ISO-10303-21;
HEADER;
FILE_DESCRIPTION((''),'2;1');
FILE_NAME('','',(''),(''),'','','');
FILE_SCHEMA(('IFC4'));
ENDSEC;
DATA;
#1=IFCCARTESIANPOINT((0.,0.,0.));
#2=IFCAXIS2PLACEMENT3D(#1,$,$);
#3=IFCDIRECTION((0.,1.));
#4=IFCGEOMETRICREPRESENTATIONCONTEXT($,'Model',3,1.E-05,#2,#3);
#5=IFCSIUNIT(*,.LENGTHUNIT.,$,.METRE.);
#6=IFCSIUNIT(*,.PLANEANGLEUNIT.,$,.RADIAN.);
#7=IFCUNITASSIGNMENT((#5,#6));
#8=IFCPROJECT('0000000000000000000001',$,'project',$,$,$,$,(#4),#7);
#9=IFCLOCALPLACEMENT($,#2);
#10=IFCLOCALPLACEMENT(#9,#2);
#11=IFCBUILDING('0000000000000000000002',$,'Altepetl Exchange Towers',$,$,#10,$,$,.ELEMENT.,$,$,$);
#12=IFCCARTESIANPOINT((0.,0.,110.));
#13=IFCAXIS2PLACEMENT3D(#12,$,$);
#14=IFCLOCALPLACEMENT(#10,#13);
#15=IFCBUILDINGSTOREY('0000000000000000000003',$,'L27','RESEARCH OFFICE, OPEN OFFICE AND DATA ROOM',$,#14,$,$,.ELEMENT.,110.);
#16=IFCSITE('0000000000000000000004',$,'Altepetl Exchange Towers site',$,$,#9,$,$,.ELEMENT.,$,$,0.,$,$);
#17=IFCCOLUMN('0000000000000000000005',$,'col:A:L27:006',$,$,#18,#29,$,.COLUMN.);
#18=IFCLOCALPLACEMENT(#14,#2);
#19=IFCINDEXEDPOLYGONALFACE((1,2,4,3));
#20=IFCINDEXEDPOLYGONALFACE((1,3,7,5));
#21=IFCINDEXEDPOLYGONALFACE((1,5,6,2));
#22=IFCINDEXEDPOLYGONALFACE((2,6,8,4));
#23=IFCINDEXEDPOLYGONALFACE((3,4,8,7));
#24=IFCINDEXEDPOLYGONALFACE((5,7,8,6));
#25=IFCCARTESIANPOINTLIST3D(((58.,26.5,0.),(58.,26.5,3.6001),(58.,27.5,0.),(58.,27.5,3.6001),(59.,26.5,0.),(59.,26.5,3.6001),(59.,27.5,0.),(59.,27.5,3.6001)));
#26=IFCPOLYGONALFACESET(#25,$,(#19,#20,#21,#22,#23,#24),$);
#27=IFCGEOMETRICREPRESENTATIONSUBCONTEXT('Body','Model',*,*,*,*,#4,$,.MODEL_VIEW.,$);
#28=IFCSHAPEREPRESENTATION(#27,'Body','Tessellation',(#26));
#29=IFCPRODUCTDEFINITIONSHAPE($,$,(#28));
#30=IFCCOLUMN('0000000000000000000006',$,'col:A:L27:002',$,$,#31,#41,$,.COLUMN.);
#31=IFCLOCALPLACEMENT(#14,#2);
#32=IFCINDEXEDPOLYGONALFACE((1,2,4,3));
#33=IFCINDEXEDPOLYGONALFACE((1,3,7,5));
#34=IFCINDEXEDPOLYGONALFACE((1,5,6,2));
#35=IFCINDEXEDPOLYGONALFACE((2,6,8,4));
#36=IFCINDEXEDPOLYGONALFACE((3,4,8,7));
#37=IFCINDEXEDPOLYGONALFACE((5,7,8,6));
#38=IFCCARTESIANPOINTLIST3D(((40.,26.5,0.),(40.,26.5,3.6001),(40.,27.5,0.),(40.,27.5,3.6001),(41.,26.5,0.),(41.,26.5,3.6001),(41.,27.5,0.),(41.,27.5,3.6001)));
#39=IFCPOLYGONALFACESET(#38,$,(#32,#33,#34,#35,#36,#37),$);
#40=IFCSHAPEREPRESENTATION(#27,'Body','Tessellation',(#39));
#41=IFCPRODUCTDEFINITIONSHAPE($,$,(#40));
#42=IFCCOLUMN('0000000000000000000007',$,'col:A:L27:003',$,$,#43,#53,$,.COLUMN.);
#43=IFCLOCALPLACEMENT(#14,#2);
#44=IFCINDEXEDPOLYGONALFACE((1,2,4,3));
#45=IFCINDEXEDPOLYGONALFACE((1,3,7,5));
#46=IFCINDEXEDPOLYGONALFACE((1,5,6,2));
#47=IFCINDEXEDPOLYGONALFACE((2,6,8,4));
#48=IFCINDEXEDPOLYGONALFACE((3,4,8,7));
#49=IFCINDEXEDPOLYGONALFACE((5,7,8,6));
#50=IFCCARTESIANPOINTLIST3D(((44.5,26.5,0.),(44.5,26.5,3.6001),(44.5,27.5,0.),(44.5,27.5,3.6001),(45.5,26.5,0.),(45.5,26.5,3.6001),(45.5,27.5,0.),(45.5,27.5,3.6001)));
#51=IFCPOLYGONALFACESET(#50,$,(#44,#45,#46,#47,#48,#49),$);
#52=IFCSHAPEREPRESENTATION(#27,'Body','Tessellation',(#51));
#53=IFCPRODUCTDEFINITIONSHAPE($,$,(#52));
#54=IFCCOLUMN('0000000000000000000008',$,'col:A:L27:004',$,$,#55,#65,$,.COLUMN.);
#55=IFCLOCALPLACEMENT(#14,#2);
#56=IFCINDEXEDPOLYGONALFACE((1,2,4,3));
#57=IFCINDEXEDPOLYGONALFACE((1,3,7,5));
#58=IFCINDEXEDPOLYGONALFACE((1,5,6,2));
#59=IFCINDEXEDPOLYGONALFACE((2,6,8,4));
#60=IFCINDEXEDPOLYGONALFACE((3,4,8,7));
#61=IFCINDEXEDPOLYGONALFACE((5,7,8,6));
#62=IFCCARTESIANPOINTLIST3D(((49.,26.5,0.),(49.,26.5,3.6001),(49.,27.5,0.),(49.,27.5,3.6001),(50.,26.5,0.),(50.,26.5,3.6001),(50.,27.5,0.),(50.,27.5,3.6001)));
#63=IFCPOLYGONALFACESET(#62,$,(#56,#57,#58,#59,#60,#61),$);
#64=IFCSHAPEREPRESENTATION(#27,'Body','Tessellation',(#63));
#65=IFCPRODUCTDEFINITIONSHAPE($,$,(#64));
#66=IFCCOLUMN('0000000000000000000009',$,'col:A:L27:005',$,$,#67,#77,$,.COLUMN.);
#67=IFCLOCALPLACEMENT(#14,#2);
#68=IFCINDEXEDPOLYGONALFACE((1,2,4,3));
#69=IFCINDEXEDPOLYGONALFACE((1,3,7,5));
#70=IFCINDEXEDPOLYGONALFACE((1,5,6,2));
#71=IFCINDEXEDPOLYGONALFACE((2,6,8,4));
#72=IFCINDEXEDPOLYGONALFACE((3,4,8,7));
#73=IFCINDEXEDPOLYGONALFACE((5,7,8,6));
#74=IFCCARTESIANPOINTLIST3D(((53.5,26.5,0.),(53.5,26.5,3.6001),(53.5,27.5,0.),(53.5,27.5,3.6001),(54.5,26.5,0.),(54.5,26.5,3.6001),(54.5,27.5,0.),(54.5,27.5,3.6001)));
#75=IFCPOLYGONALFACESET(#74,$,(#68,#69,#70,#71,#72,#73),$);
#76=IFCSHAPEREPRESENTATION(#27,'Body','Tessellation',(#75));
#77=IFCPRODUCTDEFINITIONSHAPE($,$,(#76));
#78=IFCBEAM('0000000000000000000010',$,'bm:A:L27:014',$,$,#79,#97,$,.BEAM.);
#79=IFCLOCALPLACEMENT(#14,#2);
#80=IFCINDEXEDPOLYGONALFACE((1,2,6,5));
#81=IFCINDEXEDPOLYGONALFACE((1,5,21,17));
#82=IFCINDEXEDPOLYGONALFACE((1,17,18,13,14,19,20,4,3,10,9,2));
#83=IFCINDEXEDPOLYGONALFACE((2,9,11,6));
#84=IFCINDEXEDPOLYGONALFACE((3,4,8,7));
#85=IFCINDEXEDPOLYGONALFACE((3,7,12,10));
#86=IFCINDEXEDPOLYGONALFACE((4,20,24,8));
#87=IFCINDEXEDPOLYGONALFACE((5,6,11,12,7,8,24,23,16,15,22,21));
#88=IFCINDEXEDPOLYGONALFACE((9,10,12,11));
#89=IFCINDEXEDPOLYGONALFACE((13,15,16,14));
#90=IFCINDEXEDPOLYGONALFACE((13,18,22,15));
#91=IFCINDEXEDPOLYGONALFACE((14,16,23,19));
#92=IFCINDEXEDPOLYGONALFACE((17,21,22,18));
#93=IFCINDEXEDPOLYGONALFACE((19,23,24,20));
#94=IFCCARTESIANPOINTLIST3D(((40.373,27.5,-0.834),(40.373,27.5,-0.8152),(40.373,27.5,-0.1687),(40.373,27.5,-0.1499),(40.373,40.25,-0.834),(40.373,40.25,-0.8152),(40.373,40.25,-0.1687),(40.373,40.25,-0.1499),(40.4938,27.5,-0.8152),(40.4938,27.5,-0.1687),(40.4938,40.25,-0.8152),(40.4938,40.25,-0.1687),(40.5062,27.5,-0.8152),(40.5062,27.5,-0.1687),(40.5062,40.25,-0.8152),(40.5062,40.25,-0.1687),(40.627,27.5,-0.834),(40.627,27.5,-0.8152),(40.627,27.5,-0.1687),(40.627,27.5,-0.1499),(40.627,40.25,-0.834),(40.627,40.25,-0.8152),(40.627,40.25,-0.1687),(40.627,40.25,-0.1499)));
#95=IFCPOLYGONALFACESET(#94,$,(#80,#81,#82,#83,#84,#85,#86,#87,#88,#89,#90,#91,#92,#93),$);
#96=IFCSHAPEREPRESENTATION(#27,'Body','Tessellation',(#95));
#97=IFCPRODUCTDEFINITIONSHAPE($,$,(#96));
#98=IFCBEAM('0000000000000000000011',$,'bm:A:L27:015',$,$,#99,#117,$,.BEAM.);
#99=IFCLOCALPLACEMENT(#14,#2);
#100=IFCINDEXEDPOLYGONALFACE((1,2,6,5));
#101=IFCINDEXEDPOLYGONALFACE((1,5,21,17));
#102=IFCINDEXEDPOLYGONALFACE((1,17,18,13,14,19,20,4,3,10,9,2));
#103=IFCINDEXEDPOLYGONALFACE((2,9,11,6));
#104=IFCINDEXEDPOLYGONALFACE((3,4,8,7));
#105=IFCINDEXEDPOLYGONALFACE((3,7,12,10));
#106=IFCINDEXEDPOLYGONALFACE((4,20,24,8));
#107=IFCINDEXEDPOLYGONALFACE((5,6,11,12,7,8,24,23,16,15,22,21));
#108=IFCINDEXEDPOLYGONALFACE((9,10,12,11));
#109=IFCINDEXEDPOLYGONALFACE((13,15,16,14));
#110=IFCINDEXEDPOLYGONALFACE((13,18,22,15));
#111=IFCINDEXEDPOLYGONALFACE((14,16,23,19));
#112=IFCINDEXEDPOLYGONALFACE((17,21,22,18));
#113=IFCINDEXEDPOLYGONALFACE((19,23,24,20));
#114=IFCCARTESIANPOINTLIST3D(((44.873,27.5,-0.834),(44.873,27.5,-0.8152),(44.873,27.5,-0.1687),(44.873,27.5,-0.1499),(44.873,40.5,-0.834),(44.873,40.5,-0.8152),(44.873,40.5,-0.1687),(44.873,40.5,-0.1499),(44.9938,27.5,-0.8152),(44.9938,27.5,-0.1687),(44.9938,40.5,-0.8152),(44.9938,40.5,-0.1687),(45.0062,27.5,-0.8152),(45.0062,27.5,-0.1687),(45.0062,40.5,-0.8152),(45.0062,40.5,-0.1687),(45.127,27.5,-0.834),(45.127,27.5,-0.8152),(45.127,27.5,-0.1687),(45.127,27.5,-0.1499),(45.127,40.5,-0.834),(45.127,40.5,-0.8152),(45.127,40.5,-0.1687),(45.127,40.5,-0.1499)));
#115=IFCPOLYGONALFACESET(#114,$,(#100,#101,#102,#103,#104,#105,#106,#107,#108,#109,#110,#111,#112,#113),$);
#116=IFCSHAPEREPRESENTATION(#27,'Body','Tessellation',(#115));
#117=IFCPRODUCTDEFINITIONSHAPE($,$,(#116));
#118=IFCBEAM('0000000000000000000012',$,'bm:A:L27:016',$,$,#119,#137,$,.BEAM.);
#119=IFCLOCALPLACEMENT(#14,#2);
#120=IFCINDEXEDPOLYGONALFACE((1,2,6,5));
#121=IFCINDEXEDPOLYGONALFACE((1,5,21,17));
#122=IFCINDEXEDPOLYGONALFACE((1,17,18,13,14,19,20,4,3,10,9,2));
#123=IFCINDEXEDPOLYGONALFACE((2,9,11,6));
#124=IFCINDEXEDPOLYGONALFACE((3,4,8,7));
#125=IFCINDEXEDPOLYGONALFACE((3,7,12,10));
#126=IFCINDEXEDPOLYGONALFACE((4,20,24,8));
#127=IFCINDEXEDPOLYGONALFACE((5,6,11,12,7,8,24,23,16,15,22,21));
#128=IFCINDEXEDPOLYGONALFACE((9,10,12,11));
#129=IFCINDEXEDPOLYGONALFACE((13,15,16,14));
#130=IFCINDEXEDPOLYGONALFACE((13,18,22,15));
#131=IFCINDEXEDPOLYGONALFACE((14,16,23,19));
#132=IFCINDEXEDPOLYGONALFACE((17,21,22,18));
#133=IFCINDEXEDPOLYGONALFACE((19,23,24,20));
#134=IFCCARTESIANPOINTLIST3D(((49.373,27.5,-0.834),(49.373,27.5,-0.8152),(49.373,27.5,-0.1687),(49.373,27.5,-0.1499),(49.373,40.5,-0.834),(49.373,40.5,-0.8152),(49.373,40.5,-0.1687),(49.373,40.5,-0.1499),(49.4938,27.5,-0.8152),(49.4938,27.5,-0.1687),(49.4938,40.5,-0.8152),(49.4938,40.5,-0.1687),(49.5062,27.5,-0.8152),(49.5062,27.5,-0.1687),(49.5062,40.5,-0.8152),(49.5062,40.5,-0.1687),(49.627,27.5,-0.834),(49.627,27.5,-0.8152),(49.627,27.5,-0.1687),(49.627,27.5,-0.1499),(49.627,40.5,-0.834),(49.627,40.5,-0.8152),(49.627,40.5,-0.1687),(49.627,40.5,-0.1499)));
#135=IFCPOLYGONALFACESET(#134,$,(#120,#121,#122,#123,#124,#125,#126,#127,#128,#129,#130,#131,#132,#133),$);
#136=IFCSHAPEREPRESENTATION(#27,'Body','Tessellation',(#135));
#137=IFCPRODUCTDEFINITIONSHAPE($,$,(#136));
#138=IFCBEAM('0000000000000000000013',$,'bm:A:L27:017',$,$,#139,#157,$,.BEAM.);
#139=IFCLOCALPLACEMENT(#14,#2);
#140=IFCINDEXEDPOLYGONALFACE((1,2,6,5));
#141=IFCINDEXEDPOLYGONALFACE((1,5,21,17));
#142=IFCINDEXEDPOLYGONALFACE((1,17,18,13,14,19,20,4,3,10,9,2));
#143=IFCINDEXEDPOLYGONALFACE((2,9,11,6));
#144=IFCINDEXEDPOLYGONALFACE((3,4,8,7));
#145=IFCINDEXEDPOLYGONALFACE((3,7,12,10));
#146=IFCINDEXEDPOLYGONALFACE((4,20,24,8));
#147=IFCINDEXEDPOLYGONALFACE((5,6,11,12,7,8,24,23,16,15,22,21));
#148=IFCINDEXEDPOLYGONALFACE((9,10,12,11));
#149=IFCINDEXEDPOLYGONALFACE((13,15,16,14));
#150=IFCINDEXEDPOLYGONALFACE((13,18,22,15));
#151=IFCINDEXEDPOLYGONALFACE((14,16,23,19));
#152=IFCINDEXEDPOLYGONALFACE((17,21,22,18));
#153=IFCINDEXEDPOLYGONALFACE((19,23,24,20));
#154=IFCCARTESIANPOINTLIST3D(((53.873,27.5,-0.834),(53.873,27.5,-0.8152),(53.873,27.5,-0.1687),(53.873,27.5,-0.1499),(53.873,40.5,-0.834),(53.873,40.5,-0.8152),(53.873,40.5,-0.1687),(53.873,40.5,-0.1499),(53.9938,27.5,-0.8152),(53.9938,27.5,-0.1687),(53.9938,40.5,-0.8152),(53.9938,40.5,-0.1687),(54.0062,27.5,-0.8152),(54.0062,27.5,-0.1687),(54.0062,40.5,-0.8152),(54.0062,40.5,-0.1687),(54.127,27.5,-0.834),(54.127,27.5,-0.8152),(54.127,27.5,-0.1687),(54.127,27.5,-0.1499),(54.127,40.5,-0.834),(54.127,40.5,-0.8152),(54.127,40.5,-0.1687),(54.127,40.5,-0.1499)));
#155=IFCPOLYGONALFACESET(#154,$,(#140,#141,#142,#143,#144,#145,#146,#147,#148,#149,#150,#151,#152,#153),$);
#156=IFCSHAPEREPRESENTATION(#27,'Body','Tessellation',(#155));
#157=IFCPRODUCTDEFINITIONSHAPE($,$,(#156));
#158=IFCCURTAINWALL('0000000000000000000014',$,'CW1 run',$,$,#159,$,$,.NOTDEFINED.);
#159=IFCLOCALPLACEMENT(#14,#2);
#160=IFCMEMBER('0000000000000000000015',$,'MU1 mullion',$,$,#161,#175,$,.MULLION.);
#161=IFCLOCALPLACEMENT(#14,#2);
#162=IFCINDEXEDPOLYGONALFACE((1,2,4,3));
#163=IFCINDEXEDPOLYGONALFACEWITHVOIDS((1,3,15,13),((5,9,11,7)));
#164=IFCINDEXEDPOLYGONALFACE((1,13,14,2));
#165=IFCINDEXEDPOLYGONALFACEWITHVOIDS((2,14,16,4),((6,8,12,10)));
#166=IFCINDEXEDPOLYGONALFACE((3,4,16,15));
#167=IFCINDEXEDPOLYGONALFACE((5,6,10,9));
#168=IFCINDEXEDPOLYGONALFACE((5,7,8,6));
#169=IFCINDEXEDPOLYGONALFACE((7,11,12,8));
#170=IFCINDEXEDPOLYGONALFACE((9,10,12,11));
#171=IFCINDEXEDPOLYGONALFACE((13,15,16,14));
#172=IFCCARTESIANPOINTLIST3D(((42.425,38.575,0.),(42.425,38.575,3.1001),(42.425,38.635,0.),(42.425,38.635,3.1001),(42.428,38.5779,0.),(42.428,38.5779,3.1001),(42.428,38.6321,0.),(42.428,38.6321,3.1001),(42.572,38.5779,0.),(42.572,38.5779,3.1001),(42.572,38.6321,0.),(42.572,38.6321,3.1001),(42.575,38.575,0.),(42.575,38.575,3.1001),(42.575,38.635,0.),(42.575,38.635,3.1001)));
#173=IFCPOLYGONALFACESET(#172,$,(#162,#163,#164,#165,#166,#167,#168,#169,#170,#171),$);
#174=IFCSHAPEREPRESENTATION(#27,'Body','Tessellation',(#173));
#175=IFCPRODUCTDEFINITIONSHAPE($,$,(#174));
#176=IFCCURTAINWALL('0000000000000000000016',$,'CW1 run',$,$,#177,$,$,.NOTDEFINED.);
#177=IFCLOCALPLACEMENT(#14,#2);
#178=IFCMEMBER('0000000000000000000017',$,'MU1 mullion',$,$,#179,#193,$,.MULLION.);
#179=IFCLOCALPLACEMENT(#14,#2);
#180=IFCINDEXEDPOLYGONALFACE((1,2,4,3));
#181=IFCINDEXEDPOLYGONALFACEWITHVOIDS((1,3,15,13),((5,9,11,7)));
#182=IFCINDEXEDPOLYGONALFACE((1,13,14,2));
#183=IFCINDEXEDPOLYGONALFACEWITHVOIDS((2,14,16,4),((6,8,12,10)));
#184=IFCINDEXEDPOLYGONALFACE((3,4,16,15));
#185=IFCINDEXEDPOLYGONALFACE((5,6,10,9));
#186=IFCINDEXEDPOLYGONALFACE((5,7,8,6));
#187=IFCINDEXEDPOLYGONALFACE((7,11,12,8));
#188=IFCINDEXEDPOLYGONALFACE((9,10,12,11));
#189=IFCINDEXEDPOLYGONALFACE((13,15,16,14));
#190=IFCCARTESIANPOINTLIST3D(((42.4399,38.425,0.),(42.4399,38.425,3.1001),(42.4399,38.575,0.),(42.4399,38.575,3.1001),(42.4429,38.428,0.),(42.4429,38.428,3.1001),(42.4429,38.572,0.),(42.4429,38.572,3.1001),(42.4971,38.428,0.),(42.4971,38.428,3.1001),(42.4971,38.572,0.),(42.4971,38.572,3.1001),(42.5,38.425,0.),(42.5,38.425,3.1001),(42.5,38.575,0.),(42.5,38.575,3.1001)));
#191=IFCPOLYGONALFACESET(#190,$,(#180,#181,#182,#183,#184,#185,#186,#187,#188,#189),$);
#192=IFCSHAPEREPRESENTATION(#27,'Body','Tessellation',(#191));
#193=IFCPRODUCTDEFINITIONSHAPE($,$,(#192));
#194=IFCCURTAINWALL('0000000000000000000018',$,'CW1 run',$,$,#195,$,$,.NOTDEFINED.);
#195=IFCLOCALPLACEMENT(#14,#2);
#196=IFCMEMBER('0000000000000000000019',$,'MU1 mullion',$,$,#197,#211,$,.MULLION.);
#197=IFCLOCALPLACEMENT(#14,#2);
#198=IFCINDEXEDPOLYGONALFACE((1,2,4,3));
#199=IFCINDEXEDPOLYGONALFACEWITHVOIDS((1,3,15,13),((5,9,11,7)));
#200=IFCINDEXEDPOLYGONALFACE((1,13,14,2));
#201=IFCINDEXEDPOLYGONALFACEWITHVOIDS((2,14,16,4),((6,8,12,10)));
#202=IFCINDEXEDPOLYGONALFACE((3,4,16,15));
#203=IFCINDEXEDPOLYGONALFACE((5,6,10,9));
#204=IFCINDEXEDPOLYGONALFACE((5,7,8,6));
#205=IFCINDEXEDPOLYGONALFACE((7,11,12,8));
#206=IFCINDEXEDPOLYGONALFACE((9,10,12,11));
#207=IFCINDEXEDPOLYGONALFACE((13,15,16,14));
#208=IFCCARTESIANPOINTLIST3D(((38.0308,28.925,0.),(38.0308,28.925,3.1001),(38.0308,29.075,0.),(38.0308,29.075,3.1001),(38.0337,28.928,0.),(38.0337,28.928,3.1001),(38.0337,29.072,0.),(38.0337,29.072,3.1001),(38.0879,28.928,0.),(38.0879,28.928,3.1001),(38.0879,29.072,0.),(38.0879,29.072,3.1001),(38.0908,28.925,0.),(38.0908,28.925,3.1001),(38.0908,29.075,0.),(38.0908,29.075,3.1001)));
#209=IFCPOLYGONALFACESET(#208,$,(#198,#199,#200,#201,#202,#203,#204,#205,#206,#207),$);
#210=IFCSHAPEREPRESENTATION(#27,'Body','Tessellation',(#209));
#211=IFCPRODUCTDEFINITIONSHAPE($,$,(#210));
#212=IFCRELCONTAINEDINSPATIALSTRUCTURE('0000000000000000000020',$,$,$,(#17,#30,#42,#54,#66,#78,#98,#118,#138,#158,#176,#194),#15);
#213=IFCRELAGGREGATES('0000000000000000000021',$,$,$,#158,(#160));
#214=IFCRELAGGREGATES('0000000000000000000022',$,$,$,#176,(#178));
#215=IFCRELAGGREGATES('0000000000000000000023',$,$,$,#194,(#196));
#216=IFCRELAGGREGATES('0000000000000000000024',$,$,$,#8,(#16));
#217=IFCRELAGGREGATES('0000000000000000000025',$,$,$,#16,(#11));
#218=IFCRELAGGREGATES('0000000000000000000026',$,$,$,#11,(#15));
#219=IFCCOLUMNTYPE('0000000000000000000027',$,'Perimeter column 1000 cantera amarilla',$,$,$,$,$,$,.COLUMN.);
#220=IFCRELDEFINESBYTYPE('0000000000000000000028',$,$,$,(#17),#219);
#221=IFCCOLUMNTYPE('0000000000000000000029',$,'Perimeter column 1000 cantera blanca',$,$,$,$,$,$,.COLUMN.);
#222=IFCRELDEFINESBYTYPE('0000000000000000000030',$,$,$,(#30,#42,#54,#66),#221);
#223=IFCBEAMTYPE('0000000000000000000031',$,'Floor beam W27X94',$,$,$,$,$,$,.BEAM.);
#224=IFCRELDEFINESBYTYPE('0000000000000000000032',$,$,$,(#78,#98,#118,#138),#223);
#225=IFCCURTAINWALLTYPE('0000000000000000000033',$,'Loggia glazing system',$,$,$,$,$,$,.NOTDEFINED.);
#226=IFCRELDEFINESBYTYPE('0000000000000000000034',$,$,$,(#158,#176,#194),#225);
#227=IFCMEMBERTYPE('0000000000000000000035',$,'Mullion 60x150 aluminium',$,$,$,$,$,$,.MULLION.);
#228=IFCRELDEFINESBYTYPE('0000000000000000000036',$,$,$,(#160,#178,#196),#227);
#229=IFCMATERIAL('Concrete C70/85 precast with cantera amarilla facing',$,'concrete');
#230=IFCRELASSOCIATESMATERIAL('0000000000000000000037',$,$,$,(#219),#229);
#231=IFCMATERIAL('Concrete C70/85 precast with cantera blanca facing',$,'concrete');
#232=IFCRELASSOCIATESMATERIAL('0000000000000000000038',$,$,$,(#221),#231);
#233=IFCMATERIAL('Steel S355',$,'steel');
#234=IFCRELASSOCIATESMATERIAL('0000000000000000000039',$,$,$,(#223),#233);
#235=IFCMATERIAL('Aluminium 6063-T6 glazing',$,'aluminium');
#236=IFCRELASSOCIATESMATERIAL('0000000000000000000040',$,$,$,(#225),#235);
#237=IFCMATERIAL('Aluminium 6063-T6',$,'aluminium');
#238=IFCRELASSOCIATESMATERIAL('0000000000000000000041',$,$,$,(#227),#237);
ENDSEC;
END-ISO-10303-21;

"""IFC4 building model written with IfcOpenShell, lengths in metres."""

from ifc_helpers import new_model, si_unit, direction, frame, origin, origin_2d, place, context, subcontext, project, spatial, rectangle, hollow_rectangle, i_section, extrude, material, material_profile, profile_set, type_object, element, aggregate, save


model = new_model("IFC4")

# Units and contexts
model_context = context("Model", 3, precision=1e-05, world=origin(), true_north=direction((0.0, 1.0)))
body_context = subcontext(model_context, "Body", "Model", "MODEL_VIEW")
ifc_project = project(units=[si_unit("LENGTHUNIT", "METRE"), si_unit("PLANEANGLEUNIT", "RADIAN")], contexts=[model_context])

# Site, building, storey
site_placement = place(None, origin())
site = spatial("IfcSite", under=ifc_project, at=site_placement, Name="Altepetl Exchange Towers site", CompositionType="ELEMENT", RefElevation=0.0)
building_placement = place(site_placement, origin())
building = spatial("IfcBuilding", under=site, at=building_placement, Name="Altepetl Exchange Towers", CompositionType="ELEMENT")
storey_placement = place(building_placement, frame((0.0, 0.0, 110.0)))
storey = spatial("IfcBuildingStorey", under=building, at=storey_placement, Name="L27", Description="RESEARCH OFFICE, OPEN OFFICE AND DATA ROOM", CompositionType="ELEMENT", Elevation=110.0)

# Columns
ifc_material_1 = material(Name="Concrete C70/85 precast with cantera amarilla facing", Category="concrete")
ifc_material_profile_1 = material_profile(ifc_material_1, rectangle(XDim=1.0, YDim=1.0, at=origin_2d()), Name="1000 x 1000")
ifc_profile_set_1 = profile_set([ifc_material_profile_1], Name="Concrete C70/85 precast with cantera amarilla facing")
column_type_1 = type_object("IfcColumnType", Name="Perimeter column 1000 cantera amarilla", PredefinedType="COLUMN", material=ifc_profile_set_1)
column_placement = place(storey_placement, frame((58.5, 27.0, 0.0)))
element("IfcColumn", 1, at=column_placement, inside=storey, type_object=column_type_1, Name="col:A:L27:006", PredefinedType="COLUMN", context=body_context, shape_type="SweptSolid", body=[
    extrude(rectangle(XDim=1.0, YDim=1.0, at=origin_2d()), origin(), (0.0, 0.0, 1.0), 3.6001),
])
ifc_material_2 = material(Name="Concrete C70/85 precast with cantera blanca facing", Category="concrete")
ifc_material_profile_2 = material_profile(ifc_material_2, rectangle(XDim=1.0, YDim=1.0, at=origin_2d()), Name="1000 x 1000")
ifc_profile_set_2 = profile_set([ifc_material_profile_2], Name="Concrete C70/85 precast with cantera blanca facing")
column_type_2 = type_object("IfcColumnType", Name="Perimeter column 1000 cantera blanca", PredefinedType="COLUMN", material=ifc_profile_set_2)
for number, where, name in (
    (2, (40.5, 27.0, 0.0), "col:A:L27:002"),
    (3, (45.0, 27.0, 0.0), "col:A:L27:003"),
    (4, (49.5, 27.0, 0.0), "col:A:L27:004"),
    (5, (54.0, 27.0, 0.0), "col:A:L27:005"),
):
    element("IfcColumn", number, at=place(storey_placement, frame(where)), inside=storey, type_object=column_type_2, Name=name, PredefinedType="COLUMN", context=body_context, shape_type="SweptSolid", body=[
        extrude(rectangle(XDim=1.0, YDim=1.0, at=origin_2d()), origin(), (0.0, 0.0, 1.0), 3.6001),
    ])

# Beams
ifc_material_3 = material(Name="Steel S355", Category="steel")
ifc_material_profile_3 = material_profile(ifc_material_3, i_section(OverallWidth=0.2539, OverallDepth=0.6841, WebThickness=0.0125, FlangeThickness=0.0188, at=origin_2d()), Name="W27X94")
ifc_profile_set_3 = profile_set([ifc_material_profile_3], Name="Steel S355")
beam_type_1 = type_object("IfcBeamType", Name="Floor beam W27X94", PredefinedType="BEAM", material=ifc_profile_set_3)
beam_placement = place(storey_placement, frame((40.5, 27.5, -0.4919), z_axis=(0.0, 1.0, 0.0), x_axis=(-1.0, 0.0, 0.0)))
element("IfcBeam", 6, at=beam_placement, inside=storey, type_object=beam_type_1, Name="bm:A:L27:014", PredefinedType="BEAM", context=body_context, shape_type="SweptSolid", body=[
    extrude(i_section(OverallWidth=0.2539, OverallDepth=0.6841, WebThickness=0.0125, FlangeThickness=0.0188, at=origin_2d()), origin(), (0.0, 0.0, 1.0), 12.75),
])
for number, where, z_axis, x_axis, name in (
    (7, (45.0, 27.5, -0.4919), (0.0, 1.0, 0.0), (-1.0, 0.0, 0.0), "bm:A:L27:015"),
    (8, (49.5, 27.5, -0.4919), (0.0, 1.0, 0.0), (-1.0, 0.0, 0.0), "bm:A:L27:016"),
    (9, (54.0, 27.5, -0.4919), (0.0, 1.0, 0.0), (-1.0, 0.0, 0.0), "bm:A:L27:017"),
):
    element("IfcBeam", number, at=place(storey_placement, frame(where, z_axis=z_axis, x_axis=x_axis)), inside=storey, type_object=beam_type_1, Name=name, PredefinedType="BEAM", context=body_context, shape_type="SweptSolid", body=[
        extrude(i_section(OverallWidth=0.2539, OverallDepth=0.6841, WebThickness=0.0125, FlangeThickness=0.0188, at=origin_2d()), origin(), (0.0, 0.0, 1.0), 13.0),
    ])

# Curtain walls, members
ifc_material_4 = material(Name="Aluminium 6063-T6 glazing", Category="aluminium")
curtain_wall_type = type_object("IfcCurtainWallType", Name="Loggia glazing system", PredefinedType="NOTDEFINED", material=ifc_material_4)
curtain_wall_1_placement = place(storey_placement, origin())
curtain_wall_1 = element("IfcCurtainWall", 10, at=curtain_wall_1_placement, inside=storey, type_object=curtain_wall_type, Name="CW1 run", PredefinedType="NOTDEFINED")
ifc_material_5 = material(Name="Aluminium 6063-T6", Category="aluminium")
ifc_material_profile_4 = material_profile(ifc_material_5, hollow_rectangle(XDim=0.0601, YDim=0.1499, WallThickness=0.0029, at=origin_2d()), Name="Mullion 60x150 aluminium")
ifc_profile_set_4 = profile_set([ifc_material_profile_4], Name="Aluminium 6063-T6")
member_type = type_object("IfcMemberType", Name="Mullion 60x150 aluminium", PredefinedType="MULLION", material=ifc_profile_set_4)
member_1_placement = place(storey_placement, frame((42.5, 38.605, 0.0), z_axis=(0.0, 0.0, 1.0), x_axis=(0.0, -1.0, 0.0)))
member_1 = element("IfcMember", 11, at=member_1_placement, type_object=member_type, Name="MU1 mullion", PredefinedType="MULLION", context=body_context, shape_type="SweptSolid", body=[
    extrude(hollow_rectangle(XDim=0.0601, YDim=0.1499, WallThickness=0.0029, at=origin_2d()), origin(), (0.0, 0.0, 1.0), 3.1001),
])
curtain_wall_2_placement = place(storey_placement, origin())
curtain_wall_2 = element("IfcCurtainWall", 12, at=curtain_wall_2_placement, inside=storey, type_object=curtain_wall_type, Name="CW1 run", PredefinedType="NOTDEFINED")
member_2_placement = place(storey_placement, frame((42.47, 38.5, 0.0), z_axis=(0.0, 0.0, 1.0), x_axis=(-1.0, 0.0, 0.0)))
member_2 = element("IfcMember", 13, at=member_2_placement, type_object=member_type, Name="MU1 mullion", PredefinedType="MULLION", context=body_context, shape_type="SweptSolid", body=[
    extrude(hollow_rectangle(XDim=0.0601, YDim=0.1499, WallThickness=0.0029, at=origin_2d()), origin(), (0.0, 0.0, 1.0), 3.1001),
])

# Curtain wall, member
curtain_wall_3_placement = place(storey_placement, origin())
curtain_wall_3 = element("IfcCurtainWall", 14, at=curtain_wall_3_placement, inside=storey, type_object=curtain_wall_type, Name="CW1 run", PredefinedType="NOTDEFINED")
member_3_placement = place(storey_placement, frame((38.0608, 29.0, 0.0)))
member_3 = element("IfcMember", 15, at=member_3_placement, type_object=member_type, Name="MU1 mullion", PredefinedType="MULLION", context=body_context, shape_type="SweptSolid", body=[
    extrude(hollow_rectangle(XDim=0.0601, YDim=0.1499, WallThickness=0.0029, at=origin_2d()), origin(), (0.0, 0.0, 1.0), 3.1001),
])

aggregate(curtain_wall_1, [member_1])
aggregate(curtain_wall_2, [member_2])
aggregate(curtain_wall_3, [member_3])

save(model, "model.ifc")
